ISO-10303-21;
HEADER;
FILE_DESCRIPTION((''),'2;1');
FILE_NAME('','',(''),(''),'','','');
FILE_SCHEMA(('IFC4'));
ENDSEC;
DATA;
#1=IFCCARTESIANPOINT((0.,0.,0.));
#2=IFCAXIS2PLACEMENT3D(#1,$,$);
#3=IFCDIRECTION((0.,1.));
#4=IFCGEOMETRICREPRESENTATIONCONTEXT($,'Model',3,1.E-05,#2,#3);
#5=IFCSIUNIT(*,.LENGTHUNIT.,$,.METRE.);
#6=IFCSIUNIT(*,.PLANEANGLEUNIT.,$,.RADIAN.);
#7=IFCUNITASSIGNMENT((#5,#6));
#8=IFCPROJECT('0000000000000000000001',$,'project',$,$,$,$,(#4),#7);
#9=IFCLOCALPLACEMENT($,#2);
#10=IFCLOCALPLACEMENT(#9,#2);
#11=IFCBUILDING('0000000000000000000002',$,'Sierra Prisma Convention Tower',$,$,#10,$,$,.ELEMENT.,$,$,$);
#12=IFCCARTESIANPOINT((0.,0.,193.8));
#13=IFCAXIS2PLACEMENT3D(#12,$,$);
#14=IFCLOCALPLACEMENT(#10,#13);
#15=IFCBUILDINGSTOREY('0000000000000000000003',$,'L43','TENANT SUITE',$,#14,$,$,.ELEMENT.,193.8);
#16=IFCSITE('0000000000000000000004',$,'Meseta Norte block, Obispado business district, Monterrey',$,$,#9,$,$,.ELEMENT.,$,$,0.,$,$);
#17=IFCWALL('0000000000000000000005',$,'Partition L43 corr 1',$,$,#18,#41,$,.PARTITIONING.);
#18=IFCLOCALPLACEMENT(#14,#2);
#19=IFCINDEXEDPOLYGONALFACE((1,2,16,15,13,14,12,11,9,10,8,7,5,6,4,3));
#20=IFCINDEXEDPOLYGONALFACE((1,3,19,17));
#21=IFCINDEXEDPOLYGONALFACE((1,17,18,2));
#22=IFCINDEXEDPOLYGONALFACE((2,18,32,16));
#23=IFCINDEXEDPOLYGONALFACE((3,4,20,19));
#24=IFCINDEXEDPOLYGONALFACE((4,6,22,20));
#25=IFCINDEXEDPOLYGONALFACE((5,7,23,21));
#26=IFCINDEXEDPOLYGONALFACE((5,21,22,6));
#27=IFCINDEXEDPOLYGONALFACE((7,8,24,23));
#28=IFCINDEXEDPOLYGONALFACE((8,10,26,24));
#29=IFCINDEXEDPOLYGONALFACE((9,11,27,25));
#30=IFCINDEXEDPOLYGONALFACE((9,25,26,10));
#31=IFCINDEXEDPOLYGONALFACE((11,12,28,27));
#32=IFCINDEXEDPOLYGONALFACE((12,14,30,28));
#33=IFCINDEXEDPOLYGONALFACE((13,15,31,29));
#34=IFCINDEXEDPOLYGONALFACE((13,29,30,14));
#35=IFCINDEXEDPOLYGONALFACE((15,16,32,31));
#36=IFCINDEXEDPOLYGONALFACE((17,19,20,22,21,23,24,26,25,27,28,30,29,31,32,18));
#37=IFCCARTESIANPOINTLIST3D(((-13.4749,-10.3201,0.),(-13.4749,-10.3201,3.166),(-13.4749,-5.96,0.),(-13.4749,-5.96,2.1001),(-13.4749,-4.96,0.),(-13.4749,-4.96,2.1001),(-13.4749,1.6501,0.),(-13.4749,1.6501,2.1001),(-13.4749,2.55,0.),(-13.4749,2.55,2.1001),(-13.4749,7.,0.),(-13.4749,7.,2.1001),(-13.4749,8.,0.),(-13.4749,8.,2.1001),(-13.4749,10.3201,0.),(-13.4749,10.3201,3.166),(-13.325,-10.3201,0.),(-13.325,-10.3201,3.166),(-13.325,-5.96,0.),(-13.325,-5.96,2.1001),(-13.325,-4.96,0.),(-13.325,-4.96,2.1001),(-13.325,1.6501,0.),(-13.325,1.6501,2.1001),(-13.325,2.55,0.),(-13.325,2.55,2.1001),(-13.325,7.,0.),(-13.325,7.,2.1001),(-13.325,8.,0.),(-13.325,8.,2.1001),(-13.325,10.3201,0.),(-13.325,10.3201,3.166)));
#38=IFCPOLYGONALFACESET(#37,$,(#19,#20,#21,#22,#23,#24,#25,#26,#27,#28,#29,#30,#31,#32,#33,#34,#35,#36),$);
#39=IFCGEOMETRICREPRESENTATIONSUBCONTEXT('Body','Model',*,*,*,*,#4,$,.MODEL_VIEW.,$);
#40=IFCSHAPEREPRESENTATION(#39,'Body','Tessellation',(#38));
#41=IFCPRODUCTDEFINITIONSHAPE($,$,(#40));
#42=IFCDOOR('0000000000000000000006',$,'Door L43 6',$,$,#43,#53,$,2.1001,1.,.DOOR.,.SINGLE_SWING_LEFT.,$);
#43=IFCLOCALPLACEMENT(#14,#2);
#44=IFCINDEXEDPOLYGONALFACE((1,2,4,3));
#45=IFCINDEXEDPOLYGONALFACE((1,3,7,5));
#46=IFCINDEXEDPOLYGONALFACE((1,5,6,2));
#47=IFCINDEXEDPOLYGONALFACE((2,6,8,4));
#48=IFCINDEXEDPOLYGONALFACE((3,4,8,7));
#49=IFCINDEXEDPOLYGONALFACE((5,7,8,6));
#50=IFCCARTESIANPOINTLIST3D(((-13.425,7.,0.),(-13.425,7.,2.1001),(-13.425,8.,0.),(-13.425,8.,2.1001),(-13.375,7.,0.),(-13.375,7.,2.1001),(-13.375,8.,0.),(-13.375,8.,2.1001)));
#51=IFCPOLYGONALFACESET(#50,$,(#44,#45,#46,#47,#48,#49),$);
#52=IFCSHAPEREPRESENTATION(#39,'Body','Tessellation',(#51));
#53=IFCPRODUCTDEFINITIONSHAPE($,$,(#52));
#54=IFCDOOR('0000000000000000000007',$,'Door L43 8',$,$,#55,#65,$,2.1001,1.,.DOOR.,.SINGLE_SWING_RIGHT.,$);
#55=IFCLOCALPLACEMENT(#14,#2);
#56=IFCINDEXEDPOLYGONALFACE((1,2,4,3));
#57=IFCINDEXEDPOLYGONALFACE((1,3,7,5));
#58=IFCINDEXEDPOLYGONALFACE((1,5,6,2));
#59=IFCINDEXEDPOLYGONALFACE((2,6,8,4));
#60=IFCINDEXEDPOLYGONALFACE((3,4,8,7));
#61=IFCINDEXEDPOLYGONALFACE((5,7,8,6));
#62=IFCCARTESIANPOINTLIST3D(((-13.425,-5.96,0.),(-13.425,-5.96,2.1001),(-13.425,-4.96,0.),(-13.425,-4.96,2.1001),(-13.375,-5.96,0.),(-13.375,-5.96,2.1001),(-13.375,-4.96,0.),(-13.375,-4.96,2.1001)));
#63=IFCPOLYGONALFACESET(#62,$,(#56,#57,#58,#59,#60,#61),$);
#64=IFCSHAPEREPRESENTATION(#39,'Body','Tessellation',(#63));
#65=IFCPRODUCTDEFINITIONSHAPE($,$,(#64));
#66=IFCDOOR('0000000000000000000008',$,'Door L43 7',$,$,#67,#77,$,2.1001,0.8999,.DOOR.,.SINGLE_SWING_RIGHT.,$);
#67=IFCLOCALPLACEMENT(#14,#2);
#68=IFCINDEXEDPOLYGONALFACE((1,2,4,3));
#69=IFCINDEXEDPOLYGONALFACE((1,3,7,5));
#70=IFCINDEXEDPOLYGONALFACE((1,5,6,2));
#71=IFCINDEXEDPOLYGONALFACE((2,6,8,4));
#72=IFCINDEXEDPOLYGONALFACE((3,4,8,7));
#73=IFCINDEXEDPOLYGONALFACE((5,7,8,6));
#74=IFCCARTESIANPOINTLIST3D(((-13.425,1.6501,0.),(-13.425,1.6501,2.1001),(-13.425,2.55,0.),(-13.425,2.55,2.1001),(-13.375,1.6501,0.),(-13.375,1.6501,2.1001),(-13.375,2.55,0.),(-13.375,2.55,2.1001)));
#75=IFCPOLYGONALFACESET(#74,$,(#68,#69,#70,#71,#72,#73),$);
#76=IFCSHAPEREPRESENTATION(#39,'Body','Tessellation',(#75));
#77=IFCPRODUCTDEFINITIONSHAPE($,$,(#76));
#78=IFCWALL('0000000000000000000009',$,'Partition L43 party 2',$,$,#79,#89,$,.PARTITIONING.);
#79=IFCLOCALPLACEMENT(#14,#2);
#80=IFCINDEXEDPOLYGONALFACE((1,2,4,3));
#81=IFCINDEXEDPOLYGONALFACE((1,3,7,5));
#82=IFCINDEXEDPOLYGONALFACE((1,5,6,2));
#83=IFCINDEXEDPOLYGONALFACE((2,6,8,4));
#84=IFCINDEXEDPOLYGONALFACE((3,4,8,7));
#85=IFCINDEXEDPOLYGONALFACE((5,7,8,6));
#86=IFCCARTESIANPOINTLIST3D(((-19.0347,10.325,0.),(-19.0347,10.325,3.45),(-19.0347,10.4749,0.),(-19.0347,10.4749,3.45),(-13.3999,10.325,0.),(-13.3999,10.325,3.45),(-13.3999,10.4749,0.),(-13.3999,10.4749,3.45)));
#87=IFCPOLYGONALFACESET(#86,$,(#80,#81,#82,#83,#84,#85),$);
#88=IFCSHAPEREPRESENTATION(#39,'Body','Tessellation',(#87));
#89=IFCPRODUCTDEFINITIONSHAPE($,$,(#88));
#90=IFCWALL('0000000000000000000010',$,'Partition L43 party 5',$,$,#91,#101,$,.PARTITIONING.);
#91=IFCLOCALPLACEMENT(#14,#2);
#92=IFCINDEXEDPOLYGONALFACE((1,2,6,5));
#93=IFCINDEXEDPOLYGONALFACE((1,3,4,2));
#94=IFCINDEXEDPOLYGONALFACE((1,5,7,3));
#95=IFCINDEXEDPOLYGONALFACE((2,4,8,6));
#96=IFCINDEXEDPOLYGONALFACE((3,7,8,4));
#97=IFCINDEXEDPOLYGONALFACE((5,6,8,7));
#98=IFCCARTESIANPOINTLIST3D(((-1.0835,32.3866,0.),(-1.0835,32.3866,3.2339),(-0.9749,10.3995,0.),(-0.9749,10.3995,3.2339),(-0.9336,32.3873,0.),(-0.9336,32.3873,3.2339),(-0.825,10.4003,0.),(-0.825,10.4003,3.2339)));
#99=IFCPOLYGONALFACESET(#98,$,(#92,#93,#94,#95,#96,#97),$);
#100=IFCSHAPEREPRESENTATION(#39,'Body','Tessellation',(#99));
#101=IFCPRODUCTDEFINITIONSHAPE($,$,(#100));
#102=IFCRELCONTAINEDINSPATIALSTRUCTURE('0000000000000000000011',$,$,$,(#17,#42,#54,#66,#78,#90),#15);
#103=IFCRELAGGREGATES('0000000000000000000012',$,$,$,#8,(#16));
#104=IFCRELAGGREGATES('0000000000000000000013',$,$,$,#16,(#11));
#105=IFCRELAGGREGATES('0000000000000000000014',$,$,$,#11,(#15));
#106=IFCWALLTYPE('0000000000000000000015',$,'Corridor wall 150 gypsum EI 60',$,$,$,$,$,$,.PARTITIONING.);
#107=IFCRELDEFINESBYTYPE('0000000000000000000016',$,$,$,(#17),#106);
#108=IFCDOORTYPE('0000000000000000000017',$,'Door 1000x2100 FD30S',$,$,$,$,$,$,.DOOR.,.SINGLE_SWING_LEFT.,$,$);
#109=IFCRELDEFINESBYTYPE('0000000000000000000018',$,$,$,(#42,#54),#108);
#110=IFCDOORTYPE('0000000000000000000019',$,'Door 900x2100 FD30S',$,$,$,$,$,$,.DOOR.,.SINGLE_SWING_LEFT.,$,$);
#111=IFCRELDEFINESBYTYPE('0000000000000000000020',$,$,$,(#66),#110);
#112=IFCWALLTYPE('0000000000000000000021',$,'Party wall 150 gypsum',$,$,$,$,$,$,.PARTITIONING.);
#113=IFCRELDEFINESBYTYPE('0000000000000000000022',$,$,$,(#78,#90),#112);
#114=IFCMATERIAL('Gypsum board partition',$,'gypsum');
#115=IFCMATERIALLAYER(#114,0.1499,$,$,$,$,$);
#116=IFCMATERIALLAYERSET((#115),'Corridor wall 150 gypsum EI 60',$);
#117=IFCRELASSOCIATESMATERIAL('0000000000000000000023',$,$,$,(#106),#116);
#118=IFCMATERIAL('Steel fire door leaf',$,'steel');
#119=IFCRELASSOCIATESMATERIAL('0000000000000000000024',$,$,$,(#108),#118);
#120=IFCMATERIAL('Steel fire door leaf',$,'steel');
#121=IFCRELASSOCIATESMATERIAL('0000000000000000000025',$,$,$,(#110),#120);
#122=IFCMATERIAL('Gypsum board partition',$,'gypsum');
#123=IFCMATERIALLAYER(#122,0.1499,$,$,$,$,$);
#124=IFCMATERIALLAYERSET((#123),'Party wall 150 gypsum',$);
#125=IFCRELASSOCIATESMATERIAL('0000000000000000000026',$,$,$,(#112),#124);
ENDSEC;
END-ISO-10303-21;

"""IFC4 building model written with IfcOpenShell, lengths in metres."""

from ifc_helpers import new_model, si_unit, direction, frame, frame_2d, origin, place, context, subcontext, project, spatial, rectangle, extrude, material, layer, layer_set, type_object, element, fill, save


model = new_model("IFC4")

# Units and contexts
model_context = context("Model", 3, precision=1e-05, world=origin(), true_north=direction((0.0, 1.0)))
body_context = subcontext(model_context, "Body", "Model", "MODEL_VIEW")
ifc_project = project(units=[si_unit("LENGTHUNIT", "METRE"), si_unit("PLANEANGLEUNIT", "RADIAN")], contexts=[model_context])

# Site, building, storey
site_placement = place(None, origin())
site = spatial("IfcSite", under=ifc_project, at=site_placement, Name="Meseta Norte block, Obispado business district, Monterrey", CompositionType="ELEMENT", RefElevation=0.0)
building_placement = place(site_placement, origin())
building = spatial("IfcBuilding", under=site, at=building_placement, Name="Sierra Prisma Convention Tower", CompositionType="ELEMENT")
storey_placement = place(building_placement, frame((0.0, 0.0, 193.8)))
storey = spatial("IfcBuildingStorey", under=building, at=storey_placement, Name="L43", Description="TENANT SUITE", CompositionType="ELEMENT", Elevation=193.8)

# Wall, openings, doors
ifc_material_1 = material(Name="Gypsum board partition", Category="gypsum")
ifc_layer_1 = layer(ifc_material_1, 0.1499)
ifc_layer_set_1 = layer_set([ifc_layer_1], Name="Corridor wall 150 gypsum EI 60")
wall_type_1 = type_object("IfcWallType", Name="Corridor wall 150 gypsum EI 60", PredefinedType="PARTITIONING", material=ifc_layer_set_1)
wall_1_placement = place(storey_placement, frame((-13.3999, 10.3201, 0.0), z_axis=(0.0, 0.0, 1.0), x_axis=(0.0, -1.0, 0.0)))
wall_1 = element("IfcWall", 1, at=wall_1_placement, inside=storey, type_object=wall_type_1, Name="Partition L43 corr 1", PredefinedType="PARTITIONING", context=body_context, shape_type="SweptSolid", body=[
    extrude(rectangle(XDim=20.6401, YDim=0.1499, at=frame_2d((10.3201, 0.0))), origin(), (0.0, 0.0, 1.0), 3.166),
])
opening_1_placement = place(wall_1_placement, frame((2.3201, 0.0, 0.0)))
opening_1 = element("IfcOpeningElement", 2, at=opening_1_placement, cuts=wall_1, PredefinedType="OPENING", context=body_context, shape_type="SweptSolid", body=[
    extrude(rectangle(XDim=1.0, YDim=2.1001, at=frame_2d((0.5, 1.05))), frame((0.0, 0.075, 0.0), z_axis=(0.0, -1.0, 0.0), x_axis=(1.0, 0.0, 0.0)), (0.0, 0.0, 1.0), 0.1499),
])
opening_2_placement = place(wall_1_placement, frame((7.77, 0.0, 0.0)))
opening_2 = element("IfcOpeningElement", 3, at=opening_2_placement, cuts=wall_1, PredefinedType="OPENING", context=body_context, shape_type="SweptSolid", body=[
    extrude(rectangle(XDim=0.8999, YDim=2.1001, at=frame_2d((0.45, 1.05))), frame((0.0, 0.075, 0.0), z_axis=(0.0, -1.0, 0.0), x_axis=(1.0, 0.0, 0.0)), (0.0, 0.0, 1.0), 0.1499),
])
opening_3_placement = place(wall_1_placement, frame((15.28, 0.0, 0.0)))
opening_3 = element("IfcOpeningElement", 4, at=opening_3_placement, cuts=wall_1, PredefinedType="OPENING", context=body_context, shape_type="SweptSolid", body=[
    extrude(rectangle(XDim=1.0, YDim=2.1001, at=frame_2d((0.5, 1.05))), frame((0.0, 0.075, 0.0), z_axis=(0.0, -1.0, 0.0), x_axis=(1.0, 0.0, 0.0)), (0.0, 0.0, 1.0), 0.1499),
])
ifc_material_2 = material(Name="Steel fire door leaf", Category="steel")
door_type_1 = type_object("IfcDoorType", Name="Door 1000x2100 FD30S", OperationType="SINGLE_SWING_LEFT", PredefinedType="DOOR", material=ifc_material_2)
door_1_placement = place(opening_1_placement, origin())
door_1 = element("IfcDoor", 5, at=door_1_placement, inside=storey, type_object=door_type_1, Name="Door L43 6", OperationType="SINGLE_SWING_LEFT", OverallHeight=2.1001, OverallWidth=1.0, PredefinedType="DOOR", context=body_context, shape_type="SweptSolid", body=[
    extrude(rectangle(XDim=1.0, YDim=2.1001, at=frame_2d((0.5, 1.05))), frame((0.0, 0.0249, 0.0), z_axis=(0.0, -1.0, 0.0), x_axis=(1.0, 0.0, 0.0)), (0.0, 0.0, 1.0), 0.05),
])
fill(opening_1, door_1)
door_2_placement = place(opening_3_placement, origin())
door_2 = element("IfcDoor", 6, at=door_2_placement, inside=storey, type_object=door_type_1, Name="Door L43 8", OperationType="SINGLE_SWING_RIGHT", OverallHeight=2.1001, OverallWidth=1.0, PredefinedType="DOOR", context=body_context, shape_type="SweptSolid", body=[
    extrude(rectangle(XDim=1.0, YDim=2.1001, at=frame_2d((0.5, 1.05))), frame((0.0, 0.0249, 0.0), z_axis=(0.0, -1.0, 0.0), x_axis=(1.0, 0.0, 0.0)), (0.0, 0.0, 1.0), 0.05),
])
fill(opening_3, door_2)
ifc_material_3 = material(Name="Steel fire door leaf", Category="steel")
door_type_2 = type_object("IfcDoorType", Name="Door 900x2100 FD30S", OperationType="SINGLE_SWING_LEFT", PredefinedType="DOOR", material=ifc_material_3)
door_3_placement = place(opening_2_placement, origin())
door_3 = element("IfcDoor", 7, at=door_3_placement, inside=storey, type_object=door_type_2, Name="Door L43 7", OperationType="SINGLE_SWING_RIGHT", OverallHeight=2.1001, OverallWidth=0.8999, PredefinedType="DOOR", context=body_context, shape_type="SweptSolid", body=[
    extrude(rectangle(XDim=0.8999, YDim=2.1001, at=frame_2d((0.45, 1.05))), frame((0.0, 0.0249, 0.0), z_axis=(0.0, -1.0, 0.0), x_axis=(1.0, 0.0, 0.0)), (0.0, 0.0, 1.0), 0.05),
])
fill(opening_2, door_3)

# Walls
ifc_material_4 = material(Name="Gypsum board partition", Category="gypsum")
ifc_layer_2 = layer(ifc_material_4, 0.1499)
ifc_layer_set_2 = layer_set([ifc_layer_2], Name="Party wall 150 gypsum")
wall_type_2 = type_object("IfcWallType", Name="Party wall 150 gypsum", PredefinedType="PARTITIONING", material=ifc_layer_set_2)
wall_2_placement = place(storey_placement, frame((-13.3999, 10.3999, 0.0), z_axis=(0.0, 0.0, 1.0), x_axis=(-1.0, 0.0, 0.0)))
element("IfcWall", 8, at=wall_2_placement, inside=storey, type_object=wall_type_2, Name="Partition L43 party 2", PredefinedType="PARTITIONING", context=body_context, shape_type="SweptSolid", body=[
    extrude(rectangle(XDim=5.6348, YDim=0.1499, at=frame_2d((2.8174, 0.0))), origin(), (0.0, 0.0, 1.0), 3.45),
])
wall_3_placement = place(storey_placement, frame((-0.8999, 10.3999, 0.0), z_axis=(0.0, 0.0, 1.0), x_axis=(-0.004941, 0.999988, 0.0)))
element("IfcWall", 9, at=wall_3_placement, inside=storey, type_object=wall_type_2, Name="Partition L43 party 5", PredefinedType="PARTITIONING", context=body_context, shape_type="SweptSolid", body=[
    extrude(rectangle(XDim=21.9873, YDim=0.1499, at=frame_2d((10.9937, 0.0))), origin(), (0.0, 0.0, 1.0), 3.2339),
])

save(model, "model.ifc")
